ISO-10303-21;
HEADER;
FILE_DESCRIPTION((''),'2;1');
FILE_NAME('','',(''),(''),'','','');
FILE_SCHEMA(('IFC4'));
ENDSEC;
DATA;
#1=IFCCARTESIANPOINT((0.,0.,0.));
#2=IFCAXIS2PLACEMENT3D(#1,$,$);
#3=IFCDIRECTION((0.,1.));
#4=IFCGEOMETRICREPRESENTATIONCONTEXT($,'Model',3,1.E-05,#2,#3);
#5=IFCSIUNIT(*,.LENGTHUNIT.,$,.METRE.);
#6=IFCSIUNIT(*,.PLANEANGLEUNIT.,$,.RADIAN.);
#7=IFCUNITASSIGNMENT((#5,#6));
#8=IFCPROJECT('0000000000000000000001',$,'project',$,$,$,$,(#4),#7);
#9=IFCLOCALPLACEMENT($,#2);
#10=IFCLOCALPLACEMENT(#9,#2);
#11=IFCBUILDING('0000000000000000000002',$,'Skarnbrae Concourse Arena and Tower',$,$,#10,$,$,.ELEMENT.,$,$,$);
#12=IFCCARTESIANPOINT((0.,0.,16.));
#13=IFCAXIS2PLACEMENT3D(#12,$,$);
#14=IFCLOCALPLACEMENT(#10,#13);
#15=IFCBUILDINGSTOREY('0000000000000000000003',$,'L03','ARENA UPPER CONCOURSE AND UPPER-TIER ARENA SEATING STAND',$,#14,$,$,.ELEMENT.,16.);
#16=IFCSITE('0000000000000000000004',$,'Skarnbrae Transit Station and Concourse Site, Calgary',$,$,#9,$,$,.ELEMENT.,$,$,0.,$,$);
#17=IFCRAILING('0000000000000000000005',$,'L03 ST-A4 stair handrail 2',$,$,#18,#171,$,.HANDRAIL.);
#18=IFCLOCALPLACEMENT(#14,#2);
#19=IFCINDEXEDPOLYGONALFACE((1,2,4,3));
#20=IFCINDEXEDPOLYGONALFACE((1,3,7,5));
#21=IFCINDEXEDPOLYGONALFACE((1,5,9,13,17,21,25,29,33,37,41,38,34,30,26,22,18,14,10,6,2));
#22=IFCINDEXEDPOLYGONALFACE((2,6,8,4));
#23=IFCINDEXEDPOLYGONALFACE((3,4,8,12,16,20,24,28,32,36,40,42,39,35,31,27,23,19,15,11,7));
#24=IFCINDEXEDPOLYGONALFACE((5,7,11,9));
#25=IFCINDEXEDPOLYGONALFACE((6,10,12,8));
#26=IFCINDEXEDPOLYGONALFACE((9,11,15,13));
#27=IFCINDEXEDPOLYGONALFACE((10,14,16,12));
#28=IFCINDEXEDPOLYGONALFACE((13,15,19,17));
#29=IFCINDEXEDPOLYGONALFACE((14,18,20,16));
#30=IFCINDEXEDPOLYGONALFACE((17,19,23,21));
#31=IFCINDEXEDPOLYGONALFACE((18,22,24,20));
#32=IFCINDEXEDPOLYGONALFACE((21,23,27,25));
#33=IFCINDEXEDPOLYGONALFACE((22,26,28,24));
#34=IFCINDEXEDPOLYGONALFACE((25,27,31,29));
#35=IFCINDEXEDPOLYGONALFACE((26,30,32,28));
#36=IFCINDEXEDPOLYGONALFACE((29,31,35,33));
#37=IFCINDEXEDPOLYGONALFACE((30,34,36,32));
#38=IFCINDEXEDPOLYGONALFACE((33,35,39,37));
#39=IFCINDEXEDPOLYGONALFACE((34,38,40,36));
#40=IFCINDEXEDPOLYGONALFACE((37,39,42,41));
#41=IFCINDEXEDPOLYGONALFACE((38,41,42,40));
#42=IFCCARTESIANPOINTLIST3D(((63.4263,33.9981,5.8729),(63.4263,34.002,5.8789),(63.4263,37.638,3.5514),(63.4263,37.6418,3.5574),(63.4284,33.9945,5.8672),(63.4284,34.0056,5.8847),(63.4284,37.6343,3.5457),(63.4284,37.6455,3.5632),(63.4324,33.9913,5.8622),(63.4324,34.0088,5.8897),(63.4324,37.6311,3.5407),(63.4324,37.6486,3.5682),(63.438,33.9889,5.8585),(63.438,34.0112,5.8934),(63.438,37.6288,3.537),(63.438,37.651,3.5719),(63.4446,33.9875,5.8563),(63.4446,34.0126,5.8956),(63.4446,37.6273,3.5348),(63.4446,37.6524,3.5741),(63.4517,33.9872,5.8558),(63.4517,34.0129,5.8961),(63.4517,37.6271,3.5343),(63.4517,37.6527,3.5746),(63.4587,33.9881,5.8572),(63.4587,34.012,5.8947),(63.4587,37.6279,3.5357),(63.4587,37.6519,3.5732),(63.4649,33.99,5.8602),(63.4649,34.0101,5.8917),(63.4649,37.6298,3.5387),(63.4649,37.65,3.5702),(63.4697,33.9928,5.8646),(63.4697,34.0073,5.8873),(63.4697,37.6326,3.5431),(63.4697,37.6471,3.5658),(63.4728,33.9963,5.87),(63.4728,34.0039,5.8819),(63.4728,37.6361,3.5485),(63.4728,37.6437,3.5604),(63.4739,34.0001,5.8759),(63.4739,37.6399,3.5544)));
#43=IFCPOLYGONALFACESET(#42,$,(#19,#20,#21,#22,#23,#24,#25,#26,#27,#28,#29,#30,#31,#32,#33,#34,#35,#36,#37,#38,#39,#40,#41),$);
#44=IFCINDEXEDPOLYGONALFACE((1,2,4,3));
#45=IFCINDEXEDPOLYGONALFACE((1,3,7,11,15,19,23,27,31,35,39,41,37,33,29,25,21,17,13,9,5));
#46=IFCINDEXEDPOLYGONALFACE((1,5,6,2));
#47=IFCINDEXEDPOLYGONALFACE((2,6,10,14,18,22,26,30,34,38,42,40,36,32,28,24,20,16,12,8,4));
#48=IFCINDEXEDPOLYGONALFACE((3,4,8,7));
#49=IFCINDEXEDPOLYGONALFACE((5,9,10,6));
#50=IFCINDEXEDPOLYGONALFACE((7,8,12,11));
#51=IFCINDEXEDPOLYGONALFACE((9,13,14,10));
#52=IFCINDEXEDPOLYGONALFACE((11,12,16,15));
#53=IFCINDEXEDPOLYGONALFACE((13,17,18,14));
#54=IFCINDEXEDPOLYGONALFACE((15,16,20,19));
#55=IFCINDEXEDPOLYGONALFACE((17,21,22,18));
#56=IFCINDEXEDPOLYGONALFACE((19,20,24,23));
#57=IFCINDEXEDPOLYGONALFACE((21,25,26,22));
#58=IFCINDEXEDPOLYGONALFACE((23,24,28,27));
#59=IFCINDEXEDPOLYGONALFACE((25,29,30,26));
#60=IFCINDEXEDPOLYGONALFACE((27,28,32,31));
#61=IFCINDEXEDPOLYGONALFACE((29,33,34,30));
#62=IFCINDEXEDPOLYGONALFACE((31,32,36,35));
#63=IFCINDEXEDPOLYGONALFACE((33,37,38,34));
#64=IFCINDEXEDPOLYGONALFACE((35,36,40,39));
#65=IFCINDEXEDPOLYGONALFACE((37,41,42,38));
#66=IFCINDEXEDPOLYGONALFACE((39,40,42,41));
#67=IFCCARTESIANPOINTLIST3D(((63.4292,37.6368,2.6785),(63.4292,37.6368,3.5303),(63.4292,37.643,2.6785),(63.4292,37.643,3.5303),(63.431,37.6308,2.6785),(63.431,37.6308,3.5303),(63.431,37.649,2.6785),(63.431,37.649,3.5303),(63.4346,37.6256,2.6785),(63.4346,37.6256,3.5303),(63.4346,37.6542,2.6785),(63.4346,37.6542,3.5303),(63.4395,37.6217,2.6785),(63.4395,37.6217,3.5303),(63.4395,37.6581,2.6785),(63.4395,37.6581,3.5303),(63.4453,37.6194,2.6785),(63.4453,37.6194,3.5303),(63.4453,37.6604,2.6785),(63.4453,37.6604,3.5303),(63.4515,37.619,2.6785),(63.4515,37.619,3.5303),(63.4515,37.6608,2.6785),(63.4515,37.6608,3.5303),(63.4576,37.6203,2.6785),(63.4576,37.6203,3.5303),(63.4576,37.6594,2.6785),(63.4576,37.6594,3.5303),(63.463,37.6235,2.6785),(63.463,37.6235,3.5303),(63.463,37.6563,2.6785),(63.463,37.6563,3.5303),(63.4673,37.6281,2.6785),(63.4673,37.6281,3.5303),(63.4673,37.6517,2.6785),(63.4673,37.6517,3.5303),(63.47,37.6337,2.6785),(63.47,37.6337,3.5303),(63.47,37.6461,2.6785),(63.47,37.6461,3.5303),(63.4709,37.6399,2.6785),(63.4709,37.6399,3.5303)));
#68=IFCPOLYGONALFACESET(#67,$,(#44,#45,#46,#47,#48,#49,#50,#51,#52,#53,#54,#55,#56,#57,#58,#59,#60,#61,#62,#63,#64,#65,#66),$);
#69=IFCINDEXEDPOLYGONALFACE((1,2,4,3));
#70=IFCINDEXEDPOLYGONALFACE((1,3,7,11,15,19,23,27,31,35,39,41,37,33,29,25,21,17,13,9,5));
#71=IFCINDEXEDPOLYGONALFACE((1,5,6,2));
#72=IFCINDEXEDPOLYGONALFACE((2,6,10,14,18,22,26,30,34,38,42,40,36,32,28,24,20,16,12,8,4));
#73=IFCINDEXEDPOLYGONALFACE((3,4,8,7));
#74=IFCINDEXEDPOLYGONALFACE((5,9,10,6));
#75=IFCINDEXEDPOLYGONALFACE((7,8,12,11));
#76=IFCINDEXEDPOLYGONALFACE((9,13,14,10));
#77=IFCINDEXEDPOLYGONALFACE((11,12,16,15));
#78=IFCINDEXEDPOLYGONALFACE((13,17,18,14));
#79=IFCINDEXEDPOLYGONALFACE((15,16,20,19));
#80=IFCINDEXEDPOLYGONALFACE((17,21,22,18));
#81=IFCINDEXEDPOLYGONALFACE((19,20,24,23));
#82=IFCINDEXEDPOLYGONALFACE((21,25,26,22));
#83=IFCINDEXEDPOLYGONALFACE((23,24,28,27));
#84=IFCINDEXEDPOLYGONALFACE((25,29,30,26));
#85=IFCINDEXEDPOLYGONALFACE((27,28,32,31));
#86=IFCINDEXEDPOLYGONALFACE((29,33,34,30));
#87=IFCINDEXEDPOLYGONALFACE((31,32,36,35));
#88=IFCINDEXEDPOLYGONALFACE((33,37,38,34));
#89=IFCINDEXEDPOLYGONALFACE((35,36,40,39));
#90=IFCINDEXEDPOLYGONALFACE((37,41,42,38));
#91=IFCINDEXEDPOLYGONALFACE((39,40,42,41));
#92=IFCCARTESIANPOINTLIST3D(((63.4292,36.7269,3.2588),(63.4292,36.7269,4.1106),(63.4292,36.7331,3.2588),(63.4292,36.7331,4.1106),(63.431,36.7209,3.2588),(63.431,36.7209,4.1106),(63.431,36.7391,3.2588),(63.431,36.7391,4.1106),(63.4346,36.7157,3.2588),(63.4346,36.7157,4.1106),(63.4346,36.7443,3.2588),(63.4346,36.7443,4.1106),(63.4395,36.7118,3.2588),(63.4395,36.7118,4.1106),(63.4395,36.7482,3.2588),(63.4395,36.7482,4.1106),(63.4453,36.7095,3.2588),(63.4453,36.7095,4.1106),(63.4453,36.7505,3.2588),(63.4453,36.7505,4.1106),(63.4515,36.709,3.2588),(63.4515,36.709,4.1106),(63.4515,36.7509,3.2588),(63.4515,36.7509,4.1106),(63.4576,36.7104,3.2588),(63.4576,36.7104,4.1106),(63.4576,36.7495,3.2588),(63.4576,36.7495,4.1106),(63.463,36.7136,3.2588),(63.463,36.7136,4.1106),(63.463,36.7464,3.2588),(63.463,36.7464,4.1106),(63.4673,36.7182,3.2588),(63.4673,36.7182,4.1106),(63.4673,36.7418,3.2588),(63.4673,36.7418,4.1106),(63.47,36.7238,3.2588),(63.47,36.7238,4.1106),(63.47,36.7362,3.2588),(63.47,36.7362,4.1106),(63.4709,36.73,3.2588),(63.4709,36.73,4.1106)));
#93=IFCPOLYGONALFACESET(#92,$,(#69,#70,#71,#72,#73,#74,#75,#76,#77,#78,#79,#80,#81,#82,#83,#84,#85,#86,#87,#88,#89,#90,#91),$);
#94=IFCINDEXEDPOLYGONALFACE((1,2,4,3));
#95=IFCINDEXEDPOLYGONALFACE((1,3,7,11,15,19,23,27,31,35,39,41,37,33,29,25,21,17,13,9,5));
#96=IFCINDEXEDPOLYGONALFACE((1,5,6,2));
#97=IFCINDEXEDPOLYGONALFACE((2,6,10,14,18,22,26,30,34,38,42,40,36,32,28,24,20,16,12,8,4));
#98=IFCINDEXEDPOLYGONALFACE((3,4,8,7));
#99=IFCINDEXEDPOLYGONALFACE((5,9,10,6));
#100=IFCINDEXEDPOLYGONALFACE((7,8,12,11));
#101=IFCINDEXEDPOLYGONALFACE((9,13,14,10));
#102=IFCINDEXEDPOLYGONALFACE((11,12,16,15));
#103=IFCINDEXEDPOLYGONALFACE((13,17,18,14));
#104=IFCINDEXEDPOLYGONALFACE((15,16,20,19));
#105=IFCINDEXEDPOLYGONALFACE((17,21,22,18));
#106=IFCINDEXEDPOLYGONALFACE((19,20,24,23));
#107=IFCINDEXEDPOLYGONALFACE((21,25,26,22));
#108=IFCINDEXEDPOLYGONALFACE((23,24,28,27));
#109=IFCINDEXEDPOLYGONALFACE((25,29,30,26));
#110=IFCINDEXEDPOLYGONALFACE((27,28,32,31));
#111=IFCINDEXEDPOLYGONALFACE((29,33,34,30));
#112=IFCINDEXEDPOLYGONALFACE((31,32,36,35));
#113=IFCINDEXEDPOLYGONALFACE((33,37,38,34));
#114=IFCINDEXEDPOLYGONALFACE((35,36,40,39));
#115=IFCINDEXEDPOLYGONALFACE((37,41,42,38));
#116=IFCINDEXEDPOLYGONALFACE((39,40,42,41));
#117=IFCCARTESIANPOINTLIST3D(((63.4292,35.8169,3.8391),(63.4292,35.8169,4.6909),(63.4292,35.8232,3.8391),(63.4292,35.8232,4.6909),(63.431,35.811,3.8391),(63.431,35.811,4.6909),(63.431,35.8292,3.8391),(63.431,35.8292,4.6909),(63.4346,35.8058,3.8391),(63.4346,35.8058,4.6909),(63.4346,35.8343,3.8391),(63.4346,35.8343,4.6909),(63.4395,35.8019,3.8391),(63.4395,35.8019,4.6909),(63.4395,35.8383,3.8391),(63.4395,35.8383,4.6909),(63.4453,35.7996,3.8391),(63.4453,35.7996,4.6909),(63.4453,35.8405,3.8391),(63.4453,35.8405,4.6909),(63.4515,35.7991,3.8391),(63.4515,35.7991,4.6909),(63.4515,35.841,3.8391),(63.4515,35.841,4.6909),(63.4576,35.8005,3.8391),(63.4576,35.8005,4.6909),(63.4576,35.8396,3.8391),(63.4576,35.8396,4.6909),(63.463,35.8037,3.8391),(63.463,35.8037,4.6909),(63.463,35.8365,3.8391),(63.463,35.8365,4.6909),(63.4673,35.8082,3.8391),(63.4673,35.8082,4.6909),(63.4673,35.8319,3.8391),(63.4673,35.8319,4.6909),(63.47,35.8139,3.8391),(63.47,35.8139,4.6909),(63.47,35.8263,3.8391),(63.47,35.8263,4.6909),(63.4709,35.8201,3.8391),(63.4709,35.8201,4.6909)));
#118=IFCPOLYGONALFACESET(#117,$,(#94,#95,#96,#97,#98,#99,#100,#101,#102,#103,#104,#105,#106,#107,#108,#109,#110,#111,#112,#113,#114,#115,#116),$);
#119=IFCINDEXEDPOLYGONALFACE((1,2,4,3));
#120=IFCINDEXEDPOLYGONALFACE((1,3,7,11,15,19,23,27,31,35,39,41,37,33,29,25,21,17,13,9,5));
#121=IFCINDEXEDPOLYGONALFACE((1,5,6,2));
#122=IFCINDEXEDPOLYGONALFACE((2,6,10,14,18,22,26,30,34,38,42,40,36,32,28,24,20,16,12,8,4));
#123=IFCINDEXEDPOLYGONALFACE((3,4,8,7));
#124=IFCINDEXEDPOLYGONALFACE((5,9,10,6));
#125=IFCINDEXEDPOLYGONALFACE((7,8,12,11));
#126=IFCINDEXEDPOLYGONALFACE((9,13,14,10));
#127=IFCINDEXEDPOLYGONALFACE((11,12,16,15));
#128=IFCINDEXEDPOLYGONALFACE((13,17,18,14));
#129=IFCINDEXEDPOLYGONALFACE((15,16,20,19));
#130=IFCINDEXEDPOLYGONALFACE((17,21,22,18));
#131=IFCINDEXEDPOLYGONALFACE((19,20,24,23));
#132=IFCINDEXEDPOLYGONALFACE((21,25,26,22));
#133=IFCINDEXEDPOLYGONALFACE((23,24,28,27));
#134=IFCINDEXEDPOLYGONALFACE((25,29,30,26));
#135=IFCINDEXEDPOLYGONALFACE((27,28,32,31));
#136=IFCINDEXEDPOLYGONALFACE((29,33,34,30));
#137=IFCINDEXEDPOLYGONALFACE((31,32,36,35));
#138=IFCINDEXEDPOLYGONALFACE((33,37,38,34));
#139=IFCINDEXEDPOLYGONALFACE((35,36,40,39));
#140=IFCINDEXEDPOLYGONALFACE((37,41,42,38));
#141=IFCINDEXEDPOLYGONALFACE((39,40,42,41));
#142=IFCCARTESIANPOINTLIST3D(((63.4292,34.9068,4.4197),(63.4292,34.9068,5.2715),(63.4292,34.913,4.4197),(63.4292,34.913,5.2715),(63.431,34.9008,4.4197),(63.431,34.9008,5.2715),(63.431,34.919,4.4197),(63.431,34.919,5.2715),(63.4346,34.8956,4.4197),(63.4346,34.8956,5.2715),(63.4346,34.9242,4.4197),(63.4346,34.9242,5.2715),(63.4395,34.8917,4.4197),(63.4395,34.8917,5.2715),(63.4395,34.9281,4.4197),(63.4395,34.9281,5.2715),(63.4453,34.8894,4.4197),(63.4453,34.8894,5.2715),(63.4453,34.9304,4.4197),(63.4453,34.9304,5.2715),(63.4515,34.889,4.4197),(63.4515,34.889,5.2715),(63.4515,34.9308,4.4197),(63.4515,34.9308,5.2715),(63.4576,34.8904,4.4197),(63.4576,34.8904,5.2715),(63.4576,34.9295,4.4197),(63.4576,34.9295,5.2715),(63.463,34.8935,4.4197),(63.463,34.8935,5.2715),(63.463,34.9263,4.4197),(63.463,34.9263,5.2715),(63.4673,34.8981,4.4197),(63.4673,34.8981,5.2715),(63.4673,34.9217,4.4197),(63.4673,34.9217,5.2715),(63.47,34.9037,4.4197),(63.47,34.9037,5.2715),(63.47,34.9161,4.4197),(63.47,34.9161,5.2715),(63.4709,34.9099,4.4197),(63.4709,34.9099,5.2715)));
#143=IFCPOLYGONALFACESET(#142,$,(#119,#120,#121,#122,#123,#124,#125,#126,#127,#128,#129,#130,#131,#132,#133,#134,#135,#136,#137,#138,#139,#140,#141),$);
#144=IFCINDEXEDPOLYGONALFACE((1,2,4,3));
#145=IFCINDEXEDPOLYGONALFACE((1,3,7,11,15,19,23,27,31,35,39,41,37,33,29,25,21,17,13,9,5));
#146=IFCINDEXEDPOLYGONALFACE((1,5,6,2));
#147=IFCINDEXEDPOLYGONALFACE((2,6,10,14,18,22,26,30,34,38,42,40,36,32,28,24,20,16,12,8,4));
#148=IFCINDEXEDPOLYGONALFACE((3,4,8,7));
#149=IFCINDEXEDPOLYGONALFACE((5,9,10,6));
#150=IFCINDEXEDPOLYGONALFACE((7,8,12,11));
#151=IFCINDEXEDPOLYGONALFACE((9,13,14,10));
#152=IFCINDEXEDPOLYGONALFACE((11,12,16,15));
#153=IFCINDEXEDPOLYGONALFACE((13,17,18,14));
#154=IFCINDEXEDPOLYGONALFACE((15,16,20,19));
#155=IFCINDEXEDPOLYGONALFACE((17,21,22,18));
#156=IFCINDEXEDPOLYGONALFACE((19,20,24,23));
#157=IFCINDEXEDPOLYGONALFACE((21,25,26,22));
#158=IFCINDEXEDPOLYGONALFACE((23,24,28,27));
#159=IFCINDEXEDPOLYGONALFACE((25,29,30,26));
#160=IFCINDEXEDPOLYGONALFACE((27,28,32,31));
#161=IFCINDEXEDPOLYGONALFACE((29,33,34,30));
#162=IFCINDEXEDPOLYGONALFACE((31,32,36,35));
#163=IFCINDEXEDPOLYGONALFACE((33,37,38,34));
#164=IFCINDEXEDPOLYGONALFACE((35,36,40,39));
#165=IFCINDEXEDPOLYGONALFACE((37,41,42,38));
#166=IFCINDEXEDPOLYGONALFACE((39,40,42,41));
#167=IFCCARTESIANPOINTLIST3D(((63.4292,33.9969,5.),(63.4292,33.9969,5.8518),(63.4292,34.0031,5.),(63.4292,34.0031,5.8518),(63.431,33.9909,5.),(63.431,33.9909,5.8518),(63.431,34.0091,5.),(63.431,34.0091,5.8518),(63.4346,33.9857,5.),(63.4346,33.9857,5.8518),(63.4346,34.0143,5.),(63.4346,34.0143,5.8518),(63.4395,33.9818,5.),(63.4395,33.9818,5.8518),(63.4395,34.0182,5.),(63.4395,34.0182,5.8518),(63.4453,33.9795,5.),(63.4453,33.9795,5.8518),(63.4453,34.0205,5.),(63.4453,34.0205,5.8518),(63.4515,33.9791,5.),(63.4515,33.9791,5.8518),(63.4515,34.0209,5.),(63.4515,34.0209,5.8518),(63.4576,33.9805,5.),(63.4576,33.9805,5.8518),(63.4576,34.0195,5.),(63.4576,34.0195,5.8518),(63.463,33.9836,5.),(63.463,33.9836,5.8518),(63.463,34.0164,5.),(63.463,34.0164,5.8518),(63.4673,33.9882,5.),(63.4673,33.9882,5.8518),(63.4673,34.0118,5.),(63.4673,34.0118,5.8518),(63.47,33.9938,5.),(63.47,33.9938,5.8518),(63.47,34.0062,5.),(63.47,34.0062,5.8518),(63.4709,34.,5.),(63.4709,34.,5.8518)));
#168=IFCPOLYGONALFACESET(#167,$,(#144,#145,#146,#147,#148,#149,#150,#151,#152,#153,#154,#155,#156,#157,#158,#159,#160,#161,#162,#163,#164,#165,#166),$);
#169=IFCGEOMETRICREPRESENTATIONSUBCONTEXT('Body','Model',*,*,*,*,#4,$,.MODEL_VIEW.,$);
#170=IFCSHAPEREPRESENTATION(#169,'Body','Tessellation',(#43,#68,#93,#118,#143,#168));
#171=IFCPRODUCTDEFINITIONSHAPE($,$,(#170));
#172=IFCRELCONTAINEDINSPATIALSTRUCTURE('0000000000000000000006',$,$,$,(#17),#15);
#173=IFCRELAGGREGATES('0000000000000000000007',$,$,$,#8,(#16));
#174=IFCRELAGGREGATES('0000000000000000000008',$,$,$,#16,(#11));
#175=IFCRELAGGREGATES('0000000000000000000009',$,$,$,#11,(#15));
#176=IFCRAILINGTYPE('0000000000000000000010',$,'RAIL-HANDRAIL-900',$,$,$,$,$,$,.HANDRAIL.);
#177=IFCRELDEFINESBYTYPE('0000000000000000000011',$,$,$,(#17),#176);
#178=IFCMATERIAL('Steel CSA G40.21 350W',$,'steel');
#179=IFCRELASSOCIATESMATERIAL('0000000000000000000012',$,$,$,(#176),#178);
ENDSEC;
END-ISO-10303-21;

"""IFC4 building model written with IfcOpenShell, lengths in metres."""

from ifc_helpers import new_model, si_unit, direction, frame, origin, origin_2d, place, context, subcontext, project, spatial, circle, extrude, material, type_object, element, save


model = new_model("IFC4")

# Units and contexts
model_context = context("Model", 3, precision=1e-05, world=origin(), true_north=direction((0.0, 1.0)))
body_context = subcontext(model_context, "Body", "Model", "MODEL_VIEW")
ifc_project = project(units=[si_unit("LENGTHUNIT", "METRE"), si_unit("PLANEANGLEUNIT", "RADIAN")], contexts=[model_context])

# Site, building, storey
site_placement = place(None, origin())
site = spatial("IfcSite", under=ifc_project, at=site_placement, Name="Skarnbrae Transit Station and Concourse Site, Calgary", CompositionType="ELEMENT", RefElevation=0.0)
building_placement = place(site_placement, origin())
building = spatial("IfcBuilding", under=site, at=building_placement, Name="Skarnbrae Concourse Arena and Tower", CompositionType="ELEMENT")
storey_placement = place(building_placement, frame((0.0, 0.0, 16.0)))
storey = spatial("IfcBuildingStorey", under=building, at=storey_placement, Name="L03", Description="ARENA UPPER CONCOURSE AND UPPER-TIER ARENA SEATING STAND", CompositionType="ELEMENT", Elevation=16.0)

# Shared definitions
ifc_material_1 = material(Name="Steel CSA G40.21 350W", Category="steel")

# Railing
railing_type_1 = type_object("IfcRailingType", Name="RAIL-HANDRAIL-900", PredefinedType="HANDRAIL", material=ifc_material_1)
railing_1_placement = place(storey_placement, frame((63.45, 37.6399, 2.6785)))
element("IfcRailing", 1, at=railing_1_placement, inside=storey, type_object=railing_type_1, Name="L03 ST-A4 stair handrail 2", PredefinedType="HANDRAIL", context=body_context, shape_type="SweptSolid", body=[
    extrude(circle(Radius=0.0239, at=origin_2d()), frame((0.0, 0.0, 0.876), z_axis=(0.0, -0.843112, 0.537739), x_axis=(1.0, 0.0, 0.0)), (0.0, 0.0, 1.0), 4.3171),
    extrude(circle(Radius=0.021, at=origin_2d()), origin(), (0.0, 0.0, 1.0), 0.8518),
    extrude(circle(Radius=0.021, at=origin_2d()), frame((0.0, -0.9099, 0.5803)), (0.0, 0.0, 1.0), 0.8518),
    extrude(circle(Radius=0.021, at=origin_2d()), frame((0.0, -1.8198, 1.1606)), (0.0, 0.0, 1.0), 0.8518),
    extrude(circle(Radius=0.021, at=origin_2d()), frame((0.0, -2.73, 1.7412)), (0.0, 0.0, 1.0), 0.8518),
    extrude(circle(Radius=0.021, at=origin_2d()), frame((0.0, -3.6399, 2.3215)), (0.0, 0.0, 1.0), 0.8518),
])

save(model, "model.ifc")
